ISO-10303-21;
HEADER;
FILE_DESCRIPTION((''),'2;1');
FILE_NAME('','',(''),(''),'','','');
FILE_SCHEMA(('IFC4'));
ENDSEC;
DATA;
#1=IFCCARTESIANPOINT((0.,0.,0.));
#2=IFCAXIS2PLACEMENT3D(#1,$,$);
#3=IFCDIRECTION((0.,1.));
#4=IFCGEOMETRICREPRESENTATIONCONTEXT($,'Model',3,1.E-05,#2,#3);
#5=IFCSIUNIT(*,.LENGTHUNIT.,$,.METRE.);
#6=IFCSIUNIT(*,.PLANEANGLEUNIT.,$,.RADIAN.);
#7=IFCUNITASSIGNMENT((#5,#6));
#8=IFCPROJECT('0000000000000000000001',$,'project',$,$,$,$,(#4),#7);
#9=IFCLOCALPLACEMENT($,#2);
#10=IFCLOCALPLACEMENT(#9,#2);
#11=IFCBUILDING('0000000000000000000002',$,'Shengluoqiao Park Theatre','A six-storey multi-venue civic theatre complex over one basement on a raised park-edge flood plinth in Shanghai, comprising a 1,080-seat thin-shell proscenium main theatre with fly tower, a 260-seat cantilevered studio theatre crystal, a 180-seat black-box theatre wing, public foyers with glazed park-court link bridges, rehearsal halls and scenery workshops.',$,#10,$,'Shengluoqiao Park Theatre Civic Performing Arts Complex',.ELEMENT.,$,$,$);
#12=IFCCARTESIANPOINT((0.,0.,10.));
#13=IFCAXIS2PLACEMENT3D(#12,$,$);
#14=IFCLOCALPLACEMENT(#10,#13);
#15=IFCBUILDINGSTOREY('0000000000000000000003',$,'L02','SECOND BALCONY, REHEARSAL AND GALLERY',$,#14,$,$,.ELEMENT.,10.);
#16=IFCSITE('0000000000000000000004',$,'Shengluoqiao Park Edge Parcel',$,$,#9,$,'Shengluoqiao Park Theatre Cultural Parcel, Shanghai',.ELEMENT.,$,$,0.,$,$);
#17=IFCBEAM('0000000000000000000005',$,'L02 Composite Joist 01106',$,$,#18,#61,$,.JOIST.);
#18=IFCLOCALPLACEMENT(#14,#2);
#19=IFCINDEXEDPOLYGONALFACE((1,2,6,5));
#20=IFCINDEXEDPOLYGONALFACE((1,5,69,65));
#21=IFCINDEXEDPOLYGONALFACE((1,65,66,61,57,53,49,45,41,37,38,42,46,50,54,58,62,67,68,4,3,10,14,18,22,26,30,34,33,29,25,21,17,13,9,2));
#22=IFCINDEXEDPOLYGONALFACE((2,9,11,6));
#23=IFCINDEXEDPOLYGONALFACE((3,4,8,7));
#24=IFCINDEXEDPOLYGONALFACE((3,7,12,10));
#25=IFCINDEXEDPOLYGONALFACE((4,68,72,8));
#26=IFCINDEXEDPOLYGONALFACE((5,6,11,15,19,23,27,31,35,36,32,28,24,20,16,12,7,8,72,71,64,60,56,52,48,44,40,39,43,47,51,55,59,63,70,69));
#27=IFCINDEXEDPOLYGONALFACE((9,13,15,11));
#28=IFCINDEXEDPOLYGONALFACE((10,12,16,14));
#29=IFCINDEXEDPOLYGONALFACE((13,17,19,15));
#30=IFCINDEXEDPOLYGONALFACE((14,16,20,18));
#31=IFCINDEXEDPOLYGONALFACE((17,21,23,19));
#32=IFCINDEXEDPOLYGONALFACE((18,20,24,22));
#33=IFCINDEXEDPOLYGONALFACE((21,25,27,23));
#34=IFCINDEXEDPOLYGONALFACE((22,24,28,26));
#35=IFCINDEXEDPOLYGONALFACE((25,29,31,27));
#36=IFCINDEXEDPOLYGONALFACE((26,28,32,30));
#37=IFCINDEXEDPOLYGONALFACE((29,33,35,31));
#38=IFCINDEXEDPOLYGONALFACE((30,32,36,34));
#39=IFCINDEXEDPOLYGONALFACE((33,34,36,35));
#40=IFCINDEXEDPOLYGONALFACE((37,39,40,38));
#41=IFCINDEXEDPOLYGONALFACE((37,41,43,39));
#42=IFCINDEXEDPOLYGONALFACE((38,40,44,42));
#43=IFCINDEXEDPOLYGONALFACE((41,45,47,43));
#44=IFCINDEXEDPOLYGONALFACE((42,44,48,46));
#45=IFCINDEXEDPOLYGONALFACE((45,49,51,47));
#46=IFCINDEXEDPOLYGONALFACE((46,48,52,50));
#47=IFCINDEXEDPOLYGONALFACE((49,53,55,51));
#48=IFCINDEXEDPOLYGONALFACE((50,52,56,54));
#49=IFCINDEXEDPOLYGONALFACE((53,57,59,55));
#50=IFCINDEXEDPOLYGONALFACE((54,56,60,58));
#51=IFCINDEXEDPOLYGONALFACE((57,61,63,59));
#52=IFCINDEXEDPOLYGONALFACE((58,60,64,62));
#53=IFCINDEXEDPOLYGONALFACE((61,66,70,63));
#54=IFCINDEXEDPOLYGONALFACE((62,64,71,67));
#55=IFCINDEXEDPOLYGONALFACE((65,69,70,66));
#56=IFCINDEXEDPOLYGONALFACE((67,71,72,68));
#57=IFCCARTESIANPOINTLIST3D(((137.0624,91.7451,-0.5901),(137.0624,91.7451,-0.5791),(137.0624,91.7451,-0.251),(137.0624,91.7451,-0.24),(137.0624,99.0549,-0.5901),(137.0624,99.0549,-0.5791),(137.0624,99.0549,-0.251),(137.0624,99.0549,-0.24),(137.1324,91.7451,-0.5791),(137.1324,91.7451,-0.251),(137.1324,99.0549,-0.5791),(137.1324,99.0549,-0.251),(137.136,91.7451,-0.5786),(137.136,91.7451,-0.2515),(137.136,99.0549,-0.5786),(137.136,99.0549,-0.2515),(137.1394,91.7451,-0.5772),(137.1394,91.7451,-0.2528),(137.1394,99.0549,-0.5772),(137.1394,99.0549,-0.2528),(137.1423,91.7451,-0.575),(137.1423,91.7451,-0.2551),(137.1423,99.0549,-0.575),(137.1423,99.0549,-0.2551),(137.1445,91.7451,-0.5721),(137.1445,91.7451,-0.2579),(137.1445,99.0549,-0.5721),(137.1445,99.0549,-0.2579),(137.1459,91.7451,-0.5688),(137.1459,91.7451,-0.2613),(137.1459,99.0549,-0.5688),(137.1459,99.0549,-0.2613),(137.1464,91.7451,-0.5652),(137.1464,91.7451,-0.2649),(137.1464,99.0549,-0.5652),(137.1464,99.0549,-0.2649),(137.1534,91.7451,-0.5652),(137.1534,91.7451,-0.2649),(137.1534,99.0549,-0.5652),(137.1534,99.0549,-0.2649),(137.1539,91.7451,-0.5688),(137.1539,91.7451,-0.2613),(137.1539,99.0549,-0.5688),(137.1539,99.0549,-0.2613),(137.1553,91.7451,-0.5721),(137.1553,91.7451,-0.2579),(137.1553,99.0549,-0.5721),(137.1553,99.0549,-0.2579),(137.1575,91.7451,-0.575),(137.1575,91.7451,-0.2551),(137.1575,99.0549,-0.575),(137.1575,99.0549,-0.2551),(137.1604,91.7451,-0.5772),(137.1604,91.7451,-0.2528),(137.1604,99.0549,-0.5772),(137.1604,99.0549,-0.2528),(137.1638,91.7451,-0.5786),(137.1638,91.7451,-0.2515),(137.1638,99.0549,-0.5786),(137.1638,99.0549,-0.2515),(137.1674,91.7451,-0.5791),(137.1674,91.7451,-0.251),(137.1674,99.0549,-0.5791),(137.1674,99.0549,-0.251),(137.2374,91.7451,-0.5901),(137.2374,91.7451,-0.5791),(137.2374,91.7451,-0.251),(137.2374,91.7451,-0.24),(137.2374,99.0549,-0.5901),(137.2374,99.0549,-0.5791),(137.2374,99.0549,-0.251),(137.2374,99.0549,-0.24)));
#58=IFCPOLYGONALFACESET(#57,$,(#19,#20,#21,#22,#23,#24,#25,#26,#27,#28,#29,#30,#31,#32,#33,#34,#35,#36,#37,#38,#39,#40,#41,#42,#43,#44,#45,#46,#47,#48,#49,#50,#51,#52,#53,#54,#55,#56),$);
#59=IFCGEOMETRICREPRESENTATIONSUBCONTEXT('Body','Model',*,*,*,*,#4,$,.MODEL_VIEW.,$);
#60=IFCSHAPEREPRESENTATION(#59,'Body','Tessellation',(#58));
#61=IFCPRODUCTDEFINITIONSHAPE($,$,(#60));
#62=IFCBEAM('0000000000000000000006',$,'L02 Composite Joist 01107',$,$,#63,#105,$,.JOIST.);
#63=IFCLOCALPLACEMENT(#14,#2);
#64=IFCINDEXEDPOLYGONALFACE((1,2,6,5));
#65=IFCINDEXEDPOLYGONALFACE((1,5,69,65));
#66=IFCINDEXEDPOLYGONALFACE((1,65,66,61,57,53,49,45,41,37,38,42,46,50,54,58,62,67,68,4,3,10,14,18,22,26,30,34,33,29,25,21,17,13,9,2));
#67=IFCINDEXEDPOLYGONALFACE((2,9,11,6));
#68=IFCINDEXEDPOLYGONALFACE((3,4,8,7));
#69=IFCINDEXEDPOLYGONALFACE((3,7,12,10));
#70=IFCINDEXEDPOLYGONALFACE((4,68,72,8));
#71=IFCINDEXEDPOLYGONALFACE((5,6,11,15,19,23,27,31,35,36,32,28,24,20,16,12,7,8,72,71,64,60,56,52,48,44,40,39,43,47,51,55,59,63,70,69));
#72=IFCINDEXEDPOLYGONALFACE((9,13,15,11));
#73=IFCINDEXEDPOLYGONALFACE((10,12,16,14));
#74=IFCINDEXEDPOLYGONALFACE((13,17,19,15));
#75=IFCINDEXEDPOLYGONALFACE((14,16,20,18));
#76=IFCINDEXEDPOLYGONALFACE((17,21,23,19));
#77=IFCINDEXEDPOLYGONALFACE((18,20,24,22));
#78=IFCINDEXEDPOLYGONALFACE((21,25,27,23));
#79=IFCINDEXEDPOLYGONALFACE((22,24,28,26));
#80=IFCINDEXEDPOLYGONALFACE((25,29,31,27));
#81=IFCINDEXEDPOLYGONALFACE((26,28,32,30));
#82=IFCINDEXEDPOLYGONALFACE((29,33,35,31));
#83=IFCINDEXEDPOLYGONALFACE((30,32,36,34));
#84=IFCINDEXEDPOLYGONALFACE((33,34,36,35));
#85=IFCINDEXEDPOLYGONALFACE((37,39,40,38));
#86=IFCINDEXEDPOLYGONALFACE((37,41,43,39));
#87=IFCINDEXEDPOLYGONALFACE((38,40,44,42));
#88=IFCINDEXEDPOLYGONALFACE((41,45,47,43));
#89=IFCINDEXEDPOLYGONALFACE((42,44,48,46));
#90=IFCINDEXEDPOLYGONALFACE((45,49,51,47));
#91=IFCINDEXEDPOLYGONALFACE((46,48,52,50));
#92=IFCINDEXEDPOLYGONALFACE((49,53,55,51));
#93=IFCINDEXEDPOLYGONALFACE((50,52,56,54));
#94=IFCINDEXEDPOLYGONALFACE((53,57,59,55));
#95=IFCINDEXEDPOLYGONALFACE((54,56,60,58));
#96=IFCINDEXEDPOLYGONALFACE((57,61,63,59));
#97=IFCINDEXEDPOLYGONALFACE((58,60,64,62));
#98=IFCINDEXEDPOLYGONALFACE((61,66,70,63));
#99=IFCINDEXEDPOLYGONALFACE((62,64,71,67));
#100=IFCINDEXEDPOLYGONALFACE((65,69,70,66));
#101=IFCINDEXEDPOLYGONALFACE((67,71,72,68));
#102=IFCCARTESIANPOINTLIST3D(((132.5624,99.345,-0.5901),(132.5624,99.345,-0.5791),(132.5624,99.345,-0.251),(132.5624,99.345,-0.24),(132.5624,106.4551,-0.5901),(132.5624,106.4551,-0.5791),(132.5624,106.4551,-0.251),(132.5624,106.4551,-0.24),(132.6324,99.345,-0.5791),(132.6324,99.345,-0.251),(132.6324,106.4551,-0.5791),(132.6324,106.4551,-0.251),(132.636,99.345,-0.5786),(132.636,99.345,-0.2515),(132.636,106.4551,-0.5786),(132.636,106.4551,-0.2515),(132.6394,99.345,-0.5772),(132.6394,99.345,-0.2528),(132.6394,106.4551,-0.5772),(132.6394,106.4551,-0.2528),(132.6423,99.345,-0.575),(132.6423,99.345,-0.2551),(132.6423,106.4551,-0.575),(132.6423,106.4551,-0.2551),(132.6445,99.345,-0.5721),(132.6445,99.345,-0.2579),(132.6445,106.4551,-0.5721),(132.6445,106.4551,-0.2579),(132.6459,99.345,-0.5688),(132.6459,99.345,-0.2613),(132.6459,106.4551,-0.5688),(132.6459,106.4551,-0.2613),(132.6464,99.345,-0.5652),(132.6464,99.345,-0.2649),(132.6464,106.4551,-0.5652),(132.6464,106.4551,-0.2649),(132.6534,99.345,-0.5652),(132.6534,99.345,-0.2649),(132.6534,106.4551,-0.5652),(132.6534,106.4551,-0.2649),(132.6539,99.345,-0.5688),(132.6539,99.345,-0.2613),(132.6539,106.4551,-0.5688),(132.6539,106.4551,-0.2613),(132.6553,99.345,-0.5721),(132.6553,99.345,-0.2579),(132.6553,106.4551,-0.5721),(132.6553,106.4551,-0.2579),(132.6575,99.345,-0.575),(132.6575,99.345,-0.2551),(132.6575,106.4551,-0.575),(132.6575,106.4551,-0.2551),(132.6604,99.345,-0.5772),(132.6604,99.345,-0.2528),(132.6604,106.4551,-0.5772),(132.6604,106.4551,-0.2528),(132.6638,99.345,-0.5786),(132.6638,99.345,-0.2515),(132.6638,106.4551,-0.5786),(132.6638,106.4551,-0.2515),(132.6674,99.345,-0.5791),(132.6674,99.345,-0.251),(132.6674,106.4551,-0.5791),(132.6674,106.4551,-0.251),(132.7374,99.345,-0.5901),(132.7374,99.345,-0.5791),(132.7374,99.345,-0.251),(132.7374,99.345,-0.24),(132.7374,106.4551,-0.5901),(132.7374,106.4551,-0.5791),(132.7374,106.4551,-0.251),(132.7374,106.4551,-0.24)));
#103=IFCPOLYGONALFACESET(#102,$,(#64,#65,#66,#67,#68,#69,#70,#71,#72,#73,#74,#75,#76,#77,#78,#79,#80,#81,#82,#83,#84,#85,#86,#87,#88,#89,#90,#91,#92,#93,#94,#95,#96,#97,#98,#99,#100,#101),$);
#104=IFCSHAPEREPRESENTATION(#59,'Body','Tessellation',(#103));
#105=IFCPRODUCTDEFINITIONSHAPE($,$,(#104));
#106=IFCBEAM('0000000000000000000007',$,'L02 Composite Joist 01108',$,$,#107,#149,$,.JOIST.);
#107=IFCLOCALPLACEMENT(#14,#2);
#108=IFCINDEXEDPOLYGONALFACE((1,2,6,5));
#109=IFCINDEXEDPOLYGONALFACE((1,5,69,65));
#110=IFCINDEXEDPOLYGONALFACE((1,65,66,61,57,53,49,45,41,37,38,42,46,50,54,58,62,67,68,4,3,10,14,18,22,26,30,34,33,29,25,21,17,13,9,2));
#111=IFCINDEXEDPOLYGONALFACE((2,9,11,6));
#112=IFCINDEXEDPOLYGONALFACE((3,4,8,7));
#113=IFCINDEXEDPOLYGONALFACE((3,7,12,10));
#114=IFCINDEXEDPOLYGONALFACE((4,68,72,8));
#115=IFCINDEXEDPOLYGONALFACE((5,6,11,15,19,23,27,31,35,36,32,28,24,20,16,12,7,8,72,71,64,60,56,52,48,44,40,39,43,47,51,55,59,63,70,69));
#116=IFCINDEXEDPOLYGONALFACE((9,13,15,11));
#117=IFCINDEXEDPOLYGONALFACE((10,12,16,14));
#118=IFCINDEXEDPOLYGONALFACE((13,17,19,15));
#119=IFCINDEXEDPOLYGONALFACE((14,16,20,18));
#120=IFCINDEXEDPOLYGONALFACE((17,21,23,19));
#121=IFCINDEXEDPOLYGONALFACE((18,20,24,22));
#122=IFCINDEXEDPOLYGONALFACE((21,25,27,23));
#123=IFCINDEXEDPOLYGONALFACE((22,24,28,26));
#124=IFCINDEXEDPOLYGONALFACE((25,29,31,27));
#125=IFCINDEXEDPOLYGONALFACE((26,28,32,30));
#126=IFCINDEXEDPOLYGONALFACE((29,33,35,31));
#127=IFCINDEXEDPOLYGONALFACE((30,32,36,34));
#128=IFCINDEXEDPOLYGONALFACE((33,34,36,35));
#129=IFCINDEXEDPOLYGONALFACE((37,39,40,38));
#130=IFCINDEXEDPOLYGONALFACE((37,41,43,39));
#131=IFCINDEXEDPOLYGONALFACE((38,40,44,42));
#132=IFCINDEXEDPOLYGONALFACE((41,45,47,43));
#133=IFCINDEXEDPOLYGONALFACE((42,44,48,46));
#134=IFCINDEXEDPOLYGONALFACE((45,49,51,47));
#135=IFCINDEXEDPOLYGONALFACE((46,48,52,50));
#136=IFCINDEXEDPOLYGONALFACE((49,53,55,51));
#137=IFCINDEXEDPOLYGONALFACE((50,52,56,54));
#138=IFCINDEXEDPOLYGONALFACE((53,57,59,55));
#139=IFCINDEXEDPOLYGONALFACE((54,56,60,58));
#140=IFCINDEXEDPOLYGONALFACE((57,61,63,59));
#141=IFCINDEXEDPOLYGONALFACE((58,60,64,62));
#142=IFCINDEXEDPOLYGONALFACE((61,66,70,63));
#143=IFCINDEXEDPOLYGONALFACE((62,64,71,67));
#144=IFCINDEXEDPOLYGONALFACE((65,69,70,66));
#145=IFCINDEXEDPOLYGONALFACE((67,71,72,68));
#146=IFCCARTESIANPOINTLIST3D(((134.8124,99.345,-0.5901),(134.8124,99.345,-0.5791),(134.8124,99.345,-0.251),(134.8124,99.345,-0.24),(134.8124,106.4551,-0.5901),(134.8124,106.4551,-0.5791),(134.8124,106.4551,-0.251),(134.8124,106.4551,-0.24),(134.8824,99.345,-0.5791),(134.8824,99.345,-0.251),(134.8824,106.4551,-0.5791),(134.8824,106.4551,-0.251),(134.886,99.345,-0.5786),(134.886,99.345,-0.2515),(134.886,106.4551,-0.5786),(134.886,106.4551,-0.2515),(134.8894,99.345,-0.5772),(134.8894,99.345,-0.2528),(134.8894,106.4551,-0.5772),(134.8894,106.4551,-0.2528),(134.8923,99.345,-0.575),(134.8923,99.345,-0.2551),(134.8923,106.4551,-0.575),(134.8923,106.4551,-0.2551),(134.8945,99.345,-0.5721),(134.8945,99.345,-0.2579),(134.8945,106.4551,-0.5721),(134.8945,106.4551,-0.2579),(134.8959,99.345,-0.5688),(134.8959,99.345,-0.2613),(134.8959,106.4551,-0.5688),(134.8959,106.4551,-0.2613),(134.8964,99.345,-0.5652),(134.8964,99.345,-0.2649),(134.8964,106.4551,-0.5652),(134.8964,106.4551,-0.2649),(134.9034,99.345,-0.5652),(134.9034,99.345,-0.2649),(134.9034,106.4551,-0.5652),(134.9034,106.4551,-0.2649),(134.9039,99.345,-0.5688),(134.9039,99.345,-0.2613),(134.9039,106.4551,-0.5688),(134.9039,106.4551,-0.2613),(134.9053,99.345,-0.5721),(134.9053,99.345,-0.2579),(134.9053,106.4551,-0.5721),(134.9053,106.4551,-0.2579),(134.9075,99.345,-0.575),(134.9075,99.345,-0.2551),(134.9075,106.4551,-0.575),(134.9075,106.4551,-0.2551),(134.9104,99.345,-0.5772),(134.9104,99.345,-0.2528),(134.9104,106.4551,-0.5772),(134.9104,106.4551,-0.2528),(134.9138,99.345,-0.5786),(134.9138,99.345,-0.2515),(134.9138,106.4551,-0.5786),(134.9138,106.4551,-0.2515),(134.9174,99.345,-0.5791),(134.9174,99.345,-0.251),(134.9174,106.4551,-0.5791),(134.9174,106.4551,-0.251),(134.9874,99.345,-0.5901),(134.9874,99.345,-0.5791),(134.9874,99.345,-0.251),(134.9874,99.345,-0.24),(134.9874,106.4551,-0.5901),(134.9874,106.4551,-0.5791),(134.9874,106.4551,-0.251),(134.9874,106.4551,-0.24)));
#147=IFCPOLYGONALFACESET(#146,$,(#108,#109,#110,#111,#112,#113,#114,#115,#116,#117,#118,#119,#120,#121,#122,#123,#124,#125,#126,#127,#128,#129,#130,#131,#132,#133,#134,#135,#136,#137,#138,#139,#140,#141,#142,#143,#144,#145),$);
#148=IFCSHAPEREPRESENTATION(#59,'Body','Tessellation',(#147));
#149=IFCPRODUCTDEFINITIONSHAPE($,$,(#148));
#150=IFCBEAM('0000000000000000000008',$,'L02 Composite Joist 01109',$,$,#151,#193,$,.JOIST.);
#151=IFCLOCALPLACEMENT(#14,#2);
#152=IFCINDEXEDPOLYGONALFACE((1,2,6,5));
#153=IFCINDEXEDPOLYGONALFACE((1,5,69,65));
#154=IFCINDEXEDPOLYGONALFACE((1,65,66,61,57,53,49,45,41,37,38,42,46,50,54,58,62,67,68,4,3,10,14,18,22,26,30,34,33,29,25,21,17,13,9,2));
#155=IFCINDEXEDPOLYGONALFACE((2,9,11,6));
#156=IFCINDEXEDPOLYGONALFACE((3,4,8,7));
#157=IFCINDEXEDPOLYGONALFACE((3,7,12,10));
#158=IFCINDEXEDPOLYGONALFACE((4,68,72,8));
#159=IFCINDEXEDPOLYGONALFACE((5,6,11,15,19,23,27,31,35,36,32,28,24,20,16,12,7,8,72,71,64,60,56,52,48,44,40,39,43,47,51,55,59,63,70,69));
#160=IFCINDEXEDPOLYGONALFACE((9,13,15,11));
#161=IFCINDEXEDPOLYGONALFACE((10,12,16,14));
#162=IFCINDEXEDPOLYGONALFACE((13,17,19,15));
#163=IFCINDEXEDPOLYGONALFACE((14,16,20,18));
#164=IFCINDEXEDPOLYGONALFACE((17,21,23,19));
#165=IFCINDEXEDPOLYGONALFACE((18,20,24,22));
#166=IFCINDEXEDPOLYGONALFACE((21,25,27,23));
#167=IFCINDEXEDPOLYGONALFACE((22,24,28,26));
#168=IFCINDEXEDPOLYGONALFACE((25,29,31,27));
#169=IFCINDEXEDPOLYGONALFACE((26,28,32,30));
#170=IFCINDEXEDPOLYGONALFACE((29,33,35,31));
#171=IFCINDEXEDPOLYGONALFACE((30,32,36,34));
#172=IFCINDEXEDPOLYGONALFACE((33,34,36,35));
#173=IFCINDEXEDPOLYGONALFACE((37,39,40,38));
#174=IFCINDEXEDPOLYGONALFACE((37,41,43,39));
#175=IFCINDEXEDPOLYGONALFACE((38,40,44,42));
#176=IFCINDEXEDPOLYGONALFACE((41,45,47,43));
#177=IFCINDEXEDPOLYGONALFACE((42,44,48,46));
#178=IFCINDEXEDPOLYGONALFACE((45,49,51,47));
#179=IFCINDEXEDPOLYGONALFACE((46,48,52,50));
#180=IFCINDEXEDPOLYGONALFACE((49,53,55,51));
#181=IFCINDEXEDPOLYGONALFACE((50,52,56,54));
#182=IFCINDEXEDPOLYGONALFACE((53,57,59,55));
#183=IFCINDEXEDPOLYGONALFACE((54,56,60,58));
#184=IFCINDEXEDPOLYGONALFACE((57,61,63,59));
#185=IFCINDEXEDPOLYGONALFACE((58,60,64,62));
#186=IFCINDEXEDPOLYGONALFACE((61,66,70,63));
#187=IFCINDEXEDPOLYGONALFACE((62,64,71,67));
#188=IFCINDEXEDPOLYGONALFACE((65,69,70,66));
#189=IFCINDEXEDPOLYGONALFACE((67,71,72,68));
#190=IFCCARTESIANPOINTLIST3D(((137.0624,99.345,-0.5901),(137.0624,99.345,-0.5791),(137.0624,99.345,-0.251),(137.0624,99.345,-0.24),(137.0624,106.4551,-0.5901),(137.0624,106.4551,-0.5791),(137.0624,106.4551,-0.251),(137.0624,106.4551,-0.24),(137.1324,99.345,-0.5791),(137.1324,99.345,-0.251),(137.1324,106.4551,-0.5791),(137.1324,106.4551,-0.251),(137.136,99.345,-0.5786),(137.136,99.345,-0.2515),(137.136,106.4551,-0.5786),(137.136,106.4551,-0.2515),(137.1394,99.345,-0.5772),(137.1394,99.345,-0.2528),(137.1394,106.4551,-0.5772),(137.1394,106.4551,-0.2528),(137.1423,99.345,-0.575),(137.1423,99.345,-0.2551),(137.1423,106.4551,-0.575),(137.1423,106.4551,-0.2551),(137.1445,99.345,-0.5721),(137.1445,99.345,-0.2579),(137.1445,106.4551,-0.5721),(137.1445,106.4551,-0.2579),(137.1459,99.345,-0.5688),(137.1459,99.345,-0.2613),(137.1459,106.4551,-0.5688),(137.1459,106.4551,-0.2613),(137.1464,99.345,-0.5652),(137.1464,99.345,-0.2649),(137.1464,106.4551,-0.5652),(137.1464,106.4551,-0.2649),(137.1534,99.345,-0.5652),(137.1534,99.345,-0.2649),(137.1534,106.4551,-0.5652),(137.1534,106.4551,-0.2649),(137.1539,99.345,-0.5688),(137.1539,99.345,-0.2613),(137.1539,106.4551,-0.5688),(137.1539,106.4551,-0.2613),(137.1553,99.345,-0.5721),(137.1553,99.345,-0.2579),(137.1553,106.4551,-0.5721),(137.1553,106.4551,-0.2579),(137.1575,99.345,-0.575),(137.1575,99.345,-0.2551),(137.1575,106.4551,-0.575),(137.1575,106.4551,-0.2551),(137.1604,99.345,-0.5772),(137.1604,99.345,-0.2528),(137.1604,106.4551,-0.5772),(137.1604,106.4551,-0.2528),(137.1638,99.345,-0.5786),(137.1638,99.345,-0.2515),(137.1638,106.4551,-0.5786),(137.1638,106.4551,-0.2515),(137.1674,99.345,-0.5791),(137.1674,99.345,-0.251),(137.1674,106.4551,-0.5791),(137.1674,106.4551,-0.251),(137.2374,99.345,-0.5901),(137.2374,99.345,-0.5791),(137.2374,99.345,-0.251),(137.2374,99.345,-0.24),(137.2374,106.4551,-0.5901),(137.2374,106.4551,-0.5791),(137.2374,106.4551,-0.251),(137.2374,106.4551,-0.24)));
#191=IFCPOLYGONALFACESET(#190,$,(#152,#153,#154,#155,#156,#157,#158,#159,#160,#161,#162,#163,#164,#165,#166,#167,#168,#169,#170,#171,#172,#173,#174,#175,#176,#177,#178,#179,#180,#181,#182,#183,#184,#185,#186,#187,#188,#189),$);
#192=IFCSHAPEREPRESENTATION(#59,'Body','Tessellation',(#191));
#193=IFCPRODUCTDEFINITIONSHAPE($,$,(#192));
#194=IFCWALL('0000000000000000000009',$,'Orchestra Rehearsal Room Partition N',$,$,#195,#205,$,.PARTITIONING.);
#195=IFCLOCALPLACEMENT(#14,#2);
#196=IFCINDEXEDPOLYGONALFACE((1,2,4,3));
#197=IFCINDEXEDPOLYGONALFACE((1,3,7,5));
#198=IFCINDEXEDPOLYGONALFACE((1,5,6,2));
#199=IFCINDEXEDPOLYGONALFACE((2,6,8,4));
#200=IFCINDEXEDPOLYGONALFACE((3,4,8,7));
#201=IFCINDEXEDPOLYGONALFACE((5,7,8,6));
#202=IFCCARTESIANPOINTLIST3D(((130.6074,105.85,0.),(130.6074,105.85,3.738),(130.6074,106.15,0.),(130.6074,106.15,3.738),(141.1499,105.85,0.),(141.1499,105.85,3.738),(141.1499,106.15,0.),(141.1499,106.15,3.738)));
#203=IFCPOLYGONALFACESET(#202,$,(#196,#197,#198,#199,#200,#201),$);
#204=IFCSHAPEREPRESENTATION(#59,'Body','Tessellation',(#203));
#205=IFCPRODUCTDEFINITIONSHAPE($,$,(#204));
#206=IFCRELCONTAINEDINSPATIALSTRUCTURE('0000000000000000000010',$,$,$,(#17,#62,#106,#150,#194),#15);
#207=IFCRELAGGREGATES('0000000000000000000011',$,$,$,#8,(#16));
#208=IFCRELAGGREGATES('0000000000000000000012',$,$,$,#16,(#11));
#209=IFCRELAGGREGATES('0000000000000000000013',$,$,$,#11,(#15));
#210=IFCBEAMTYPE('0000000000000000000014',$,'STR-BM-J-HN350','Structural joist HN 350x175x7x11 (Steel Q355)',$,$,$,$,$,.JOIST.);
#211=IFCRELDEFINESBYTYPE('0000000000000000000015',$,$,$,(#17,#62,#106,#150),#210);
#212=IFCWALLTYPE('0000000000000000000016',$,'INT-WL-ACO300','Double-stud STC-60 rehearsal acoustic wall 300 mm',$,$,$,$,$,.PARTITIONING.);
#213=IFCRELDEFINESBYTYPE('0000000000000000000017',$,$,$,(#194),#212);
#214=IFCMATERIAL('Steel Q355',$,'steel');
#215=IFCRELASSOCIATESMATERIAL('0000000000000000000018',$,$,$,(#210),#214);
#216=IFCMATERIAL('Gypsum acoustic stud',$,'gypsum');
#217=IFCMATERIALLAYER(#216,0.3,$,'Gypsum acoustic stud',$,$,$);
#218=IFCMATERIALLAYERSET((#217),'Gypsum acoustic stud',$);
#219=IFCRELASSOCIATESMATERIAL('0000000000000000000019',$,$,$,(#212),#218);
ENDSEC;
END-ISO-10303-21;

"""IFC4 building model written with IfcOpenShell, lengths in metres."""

from ifc_helpers import new_model, si_unit, direction, frame, frame_2d, origin, origin_2d, place, context, subcontext, project, spatial, rectangle, i_section, extrude, material, layer, layer_set, material_profile, profile_set, type_object, element, save


model = new_model("IFC4")

# Units and contexts
model_context = context("Model", 3, precision=1e-05, world=origin(), true_north=direction((0.0, 1.0)))
body_context = subcontext(model_context, "Body", "Model", "MODEL_VIEW")
ifc_project = project(units=[si_unit("LENGTHUNIT", "METRE"), si_unit("PLANEANGLEUNIT", "RADIAN")], contexts=[model_context])

# Site, building, storey
site_placement = place(None, origin())
site = spatial("IfcSite", under=ifc_project, at=site_placement, Name="Shengluoqiao Park Edge Parcel", LongName="Shengluoqiao Park Theatre Cultural Parcel, Shanghai", CompositionType="ELEMENT", RefElevation=0.0)
building_placement = place(site_placement, origin())
building = spatial("IfcBuilding", under=site, at=building_placement, Name="Shengluoqiao Park Theatre", Description="A six-storey multi-venue civic theatre complex over one basement on a raised park-edge flood plinth in Shanghai, comprising a 1,080-seat thin-shell proscenium main theatre with fly tower, a 260-seat cantilevered studio theatre crystal, a 180-seat black-box theatre wing, public foyers with glazed park-court link bridges, rehearsal halls and scenery workshops.", LongName="Shengluoqiao Park Theatre Civic Performing Arts Complex", CompositionType="ELEMENT")
storey_placement = place(building_placement, frame((0.0, 0.0, 10.0)))
storey = spatial("IfcBuildingStorey", under=building, at=storey_placement, Name="L02", Description="SECOND BALCONY, REHEARSAL AND GALLERY", CompositionType="ELEMENT", Elevation=10.0)

# Beams
ifc_material_1 = material(Name="Steel Q355", Category="steel")
ifc_material_profile_1 = material_profile(ifc_material_1, i_section(OverallWidth=0.175, OverallDepth=0.3501, WebThickness=0.0071, FlangeThickness=0.011, FilletRadius=0.0139, at=origin_2d()), Name="HN 350x175x7x11")
ifc_profile_set_1 = profile_set([ifc_material_profile_1], Name="Steel Q355")
beam_type_1 = type_object("IfcBeamType", Name="STR-BM-J-HN350", Description="Structural joist HN 350x175x7x11 (Steel Q355)", PredefinedType="JOIST", material=ifc_profile_set_1)
beam_1_placement = place(storey_placement, frame((137.1499, 91.7451, -0.415), z_axis=(0.0, 1.0, 0.0), x_axis=(-1.0, 0.0, 0.0)))
element("IfcBeam", 1, at=beam_1_placement, inside=storey, type_object=beam_type_1, Name="L02 Composite Joist 01106", PredefinedType="JOIST", context=body_context, shape_type="SweptSolid", body=[
    extrude(i_section(OverallWidth=0.175, OverallDepth=0.3501, WebThickness=0.0071, FlangeThickness=0.011, FilletRadius=0.0139, at=origin_2d()), origin(), (0.0, 0.0, 1.0), 7.3098),
])
for number, where, z_axis, x_axis, name in (
    (2, (132.6499, 99.345, -0.415), (0.0, 1.0, 0.0), (-1.0, 0.0, 0.0), "L02 Composite Joist 01107"),
    (3, (134.8999, 99.345, -0.415), (0.0, 1.0, 0.0), (-1.0, 0.0, 0.0), "L02 Composite Joist 01108"),
    (4, (137.1499, 99.345, -0.415), (0.0, 1.0, 0.0), (-1.0, 0.0, 0.0), "L02 Composite Joist 01109"),
):
    element("IfcBeam", number, at=place(storey_placement, frame(where, z_axis=z_axis, x_axis=x_axis)), inside=storey, type_object=beam_type_1, Name=name, PredefinedType="JOIST", context=body_context, shape_type="SweptSolid", body=[
        extrude(i_section(OverallWidth=0.175, OverallDepth=0.3501, WebThickness=0.0071, FlangeThickness=0.011, FilletRadius=0.0139, at=origin_2d()), origin(), (0.0, 0.0, 1.0), 7.1101),
    ])

# Wall
ifc_material_2 = material(Name="Gypsum acoustic stud", Category="gypsum")
ifc_layer_1 = layer(ifc_material_2, 0.3, Name="Gypsum acoustic stud")
ifc_layer_set_1 = layer_set([ifc_layer_1], Name="Gypsum acoustic stud")
wall_type_1 = type_object("IfcWallType", Name="INT-WL-ACO300", Description="Double-stud STC-60 rehearsal acoustic wall 300 mm", PredefinedType="PARTITIONING", material=ifc_layer_set_1)
wall_1_placement = place(storey_placement, frame((130.6074, 106.0, 0.0), z_axis=(0.0, 0.0, 1.0), x_axis=(1.0, 0.0, 0.0)))
element("IfcWall", 5, at=wall_1_placement, inside=storey, type_object=wall_type_1, Name="Orchestra Rehearsal Room Partition N", PredefinedType="PARTITIONING", context=body_context, shape_type="SweptSolid", body=[
    extrude(rectangle(XDim=10.5425, YDim=0.3, at=frame_2d((5.2712, 0.0))), origin(), (0.0, 0.0, 1.0), 3.738),
])

save(model, "model.ifc")
